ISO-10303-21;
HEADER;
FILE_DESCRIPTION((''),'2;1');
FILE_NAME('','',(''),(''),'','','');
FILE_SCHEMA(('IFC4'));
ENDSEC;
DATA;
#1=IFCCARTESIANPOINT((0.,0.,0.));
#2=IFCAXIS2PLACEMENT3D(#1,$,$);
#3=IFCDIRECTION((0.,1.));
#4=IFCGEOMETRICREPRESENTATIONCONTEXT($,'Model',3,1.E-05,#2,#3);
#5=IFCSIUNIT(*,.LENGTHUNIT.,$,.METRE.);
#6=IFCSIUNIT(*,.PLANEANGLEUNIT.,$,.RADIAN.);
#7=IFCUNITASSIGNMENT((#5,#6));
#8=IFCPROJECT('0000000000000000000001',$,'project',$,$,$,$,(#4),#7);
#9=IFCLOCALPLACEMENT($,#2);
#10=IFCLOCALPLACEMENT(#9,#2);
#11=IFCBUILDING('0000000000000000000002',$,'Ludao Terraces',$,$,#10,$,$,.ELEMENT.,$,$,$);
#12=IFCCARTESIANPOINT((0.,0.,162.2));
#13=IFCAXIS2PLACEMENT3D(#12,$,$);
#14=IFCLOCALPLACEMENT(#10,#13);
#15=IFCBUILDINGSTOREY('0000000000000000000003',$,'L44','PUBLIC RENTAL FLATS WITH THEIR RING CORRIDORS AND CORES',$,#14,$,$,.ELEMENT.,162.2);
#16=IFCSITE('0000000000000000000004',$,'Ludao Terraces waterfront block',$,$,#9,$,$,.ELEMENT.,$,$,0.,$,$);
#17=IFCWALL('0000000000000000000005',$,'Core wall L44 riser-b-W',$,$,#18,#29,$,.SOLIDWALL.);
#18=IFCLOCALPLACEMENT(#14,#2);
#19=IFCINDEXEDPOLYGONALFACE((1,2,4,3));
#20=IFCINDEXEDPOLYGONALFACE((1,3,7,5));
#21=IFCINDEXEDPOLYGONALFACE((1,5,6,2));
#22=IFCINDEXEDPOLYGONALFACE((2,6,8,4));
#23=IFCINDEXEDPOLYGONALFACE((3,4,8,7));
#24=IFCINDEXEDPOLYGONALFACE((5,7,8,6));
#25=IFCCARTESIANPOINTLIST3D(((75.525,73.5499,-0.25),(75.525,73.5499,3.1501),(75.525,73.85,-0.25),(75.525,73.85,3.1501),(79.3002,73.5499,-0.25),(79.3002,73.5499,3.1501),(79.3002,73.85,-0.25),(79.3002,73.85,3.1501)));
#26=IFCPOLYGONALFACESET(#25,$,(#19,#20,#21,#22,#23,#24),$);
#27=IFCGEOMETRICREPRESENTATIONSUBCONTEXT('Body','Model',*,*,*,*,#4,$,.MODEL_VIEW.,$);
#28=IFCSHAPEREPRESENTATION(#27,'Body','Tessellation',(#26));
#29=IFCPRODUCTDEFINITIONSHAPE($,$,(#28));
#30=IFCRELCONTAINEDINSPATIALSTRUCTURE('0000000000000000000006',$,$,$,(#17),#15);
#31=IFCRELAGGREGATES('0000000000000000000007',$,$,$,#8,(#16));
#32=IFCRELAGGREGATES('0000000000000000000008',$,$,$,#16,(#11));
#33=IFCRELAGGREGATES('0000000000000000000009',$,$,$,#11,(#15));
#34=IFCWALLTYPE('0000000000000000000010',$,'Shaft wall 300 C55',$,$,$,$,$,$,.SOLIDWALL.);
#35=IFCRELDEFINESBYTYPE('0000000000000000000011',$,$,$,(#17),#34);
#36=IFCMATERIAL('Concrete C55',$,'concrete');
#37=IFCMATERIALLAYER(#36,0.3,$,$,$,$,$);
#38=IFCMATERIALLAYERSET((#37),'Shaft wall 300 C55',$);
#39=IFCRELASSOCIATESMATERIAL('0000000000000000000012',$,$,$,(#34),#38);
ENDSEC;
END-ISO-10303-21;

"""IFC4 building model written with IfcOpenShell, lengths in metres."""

from ifc_helpers import new_model, si_unit, direction, frame, frame_2d, origin, place, context, subcontext, project, spatial, rectangle, extrude, material, layer, layer_set, type_object, element, save


model = new_model("IFC4")

# Units and contexts
model_context = context("Model", 3, precision=1e-05, world=origin(), true_north=direction((0.0, 1.0)))
body_context = subcontext(model_context, "Body", "Model", "MODEL_VIEW")
ifc_project = project(units=[si_unit("LENGTHUNIT", "METRE"), si_unit("PLANEANGLEUNIT", "RADIAN")], contexts=[model_context])

# Site, building, storey
site_placement = place(None, origin())
site = spatial("IfcSite", under=ifc_project, at=site_placement, Name="Ludao Terraces waterfront block", CompositionType="ELEMENT", RefElevation=0.0)
building_placement = place(site_placement, origin())
building = spatial("IfcBuilding", under=site, at=building_placement, Name="Ludao Terraces", CompositionType="ELEMENT")
storey_placement = place(building_placement, frame((0.0, 0.0, 162.2)))
storey = spatial("IfcBuildingStorey", under=building, at=storey_placement, Name="L44", Description="PUBLIC RENTAL FLATS WITH THEIR RING CORRIDORS AND CORES", CompositionType="ELEMENT", Elevation=162.2)

# Shared definitions
ifc_material_1 = material(Name="Concrete C55", Category="concrete")
ifc_layer_1 = layer(ifc_material_1, 0.3)
ifc_layer_set_1 = layer_set([ifc_layer_1], Name="Shaft wall 300 C55")
wall_type_1 = type_object("IfcWallType", Name="Shaft wall 300 C55", PredefinedType="SOLIDWALL", material=ifc_layer_set_1)

# Wall
for number, where, z_axis, x_axis, name in (
    (1, (75.5249, 73.7, -0.25), (0.0, 0.0, 1.0), (1.0, 0.0, 0.0), "Core wall L44 riser-b-W"),
):
    element("IfcWall", number, at=place(storey_placement, frame(where, z_axis=z_axis, x_axis=x_axis)), inside=storey, type_object=wall_type_1, Name=name, PredefinedType="SOLIDWALL", context=body_context, shape_type="SweptSolid", body=[
        extrude(rectangle(XDim=3.7751, YDim=0.3, at=frame_2d((1.8877, 0.0))), origin(), (0.0, 0.0, 1.0), 3.4001),
    ])

save(model, "model.ifc")
